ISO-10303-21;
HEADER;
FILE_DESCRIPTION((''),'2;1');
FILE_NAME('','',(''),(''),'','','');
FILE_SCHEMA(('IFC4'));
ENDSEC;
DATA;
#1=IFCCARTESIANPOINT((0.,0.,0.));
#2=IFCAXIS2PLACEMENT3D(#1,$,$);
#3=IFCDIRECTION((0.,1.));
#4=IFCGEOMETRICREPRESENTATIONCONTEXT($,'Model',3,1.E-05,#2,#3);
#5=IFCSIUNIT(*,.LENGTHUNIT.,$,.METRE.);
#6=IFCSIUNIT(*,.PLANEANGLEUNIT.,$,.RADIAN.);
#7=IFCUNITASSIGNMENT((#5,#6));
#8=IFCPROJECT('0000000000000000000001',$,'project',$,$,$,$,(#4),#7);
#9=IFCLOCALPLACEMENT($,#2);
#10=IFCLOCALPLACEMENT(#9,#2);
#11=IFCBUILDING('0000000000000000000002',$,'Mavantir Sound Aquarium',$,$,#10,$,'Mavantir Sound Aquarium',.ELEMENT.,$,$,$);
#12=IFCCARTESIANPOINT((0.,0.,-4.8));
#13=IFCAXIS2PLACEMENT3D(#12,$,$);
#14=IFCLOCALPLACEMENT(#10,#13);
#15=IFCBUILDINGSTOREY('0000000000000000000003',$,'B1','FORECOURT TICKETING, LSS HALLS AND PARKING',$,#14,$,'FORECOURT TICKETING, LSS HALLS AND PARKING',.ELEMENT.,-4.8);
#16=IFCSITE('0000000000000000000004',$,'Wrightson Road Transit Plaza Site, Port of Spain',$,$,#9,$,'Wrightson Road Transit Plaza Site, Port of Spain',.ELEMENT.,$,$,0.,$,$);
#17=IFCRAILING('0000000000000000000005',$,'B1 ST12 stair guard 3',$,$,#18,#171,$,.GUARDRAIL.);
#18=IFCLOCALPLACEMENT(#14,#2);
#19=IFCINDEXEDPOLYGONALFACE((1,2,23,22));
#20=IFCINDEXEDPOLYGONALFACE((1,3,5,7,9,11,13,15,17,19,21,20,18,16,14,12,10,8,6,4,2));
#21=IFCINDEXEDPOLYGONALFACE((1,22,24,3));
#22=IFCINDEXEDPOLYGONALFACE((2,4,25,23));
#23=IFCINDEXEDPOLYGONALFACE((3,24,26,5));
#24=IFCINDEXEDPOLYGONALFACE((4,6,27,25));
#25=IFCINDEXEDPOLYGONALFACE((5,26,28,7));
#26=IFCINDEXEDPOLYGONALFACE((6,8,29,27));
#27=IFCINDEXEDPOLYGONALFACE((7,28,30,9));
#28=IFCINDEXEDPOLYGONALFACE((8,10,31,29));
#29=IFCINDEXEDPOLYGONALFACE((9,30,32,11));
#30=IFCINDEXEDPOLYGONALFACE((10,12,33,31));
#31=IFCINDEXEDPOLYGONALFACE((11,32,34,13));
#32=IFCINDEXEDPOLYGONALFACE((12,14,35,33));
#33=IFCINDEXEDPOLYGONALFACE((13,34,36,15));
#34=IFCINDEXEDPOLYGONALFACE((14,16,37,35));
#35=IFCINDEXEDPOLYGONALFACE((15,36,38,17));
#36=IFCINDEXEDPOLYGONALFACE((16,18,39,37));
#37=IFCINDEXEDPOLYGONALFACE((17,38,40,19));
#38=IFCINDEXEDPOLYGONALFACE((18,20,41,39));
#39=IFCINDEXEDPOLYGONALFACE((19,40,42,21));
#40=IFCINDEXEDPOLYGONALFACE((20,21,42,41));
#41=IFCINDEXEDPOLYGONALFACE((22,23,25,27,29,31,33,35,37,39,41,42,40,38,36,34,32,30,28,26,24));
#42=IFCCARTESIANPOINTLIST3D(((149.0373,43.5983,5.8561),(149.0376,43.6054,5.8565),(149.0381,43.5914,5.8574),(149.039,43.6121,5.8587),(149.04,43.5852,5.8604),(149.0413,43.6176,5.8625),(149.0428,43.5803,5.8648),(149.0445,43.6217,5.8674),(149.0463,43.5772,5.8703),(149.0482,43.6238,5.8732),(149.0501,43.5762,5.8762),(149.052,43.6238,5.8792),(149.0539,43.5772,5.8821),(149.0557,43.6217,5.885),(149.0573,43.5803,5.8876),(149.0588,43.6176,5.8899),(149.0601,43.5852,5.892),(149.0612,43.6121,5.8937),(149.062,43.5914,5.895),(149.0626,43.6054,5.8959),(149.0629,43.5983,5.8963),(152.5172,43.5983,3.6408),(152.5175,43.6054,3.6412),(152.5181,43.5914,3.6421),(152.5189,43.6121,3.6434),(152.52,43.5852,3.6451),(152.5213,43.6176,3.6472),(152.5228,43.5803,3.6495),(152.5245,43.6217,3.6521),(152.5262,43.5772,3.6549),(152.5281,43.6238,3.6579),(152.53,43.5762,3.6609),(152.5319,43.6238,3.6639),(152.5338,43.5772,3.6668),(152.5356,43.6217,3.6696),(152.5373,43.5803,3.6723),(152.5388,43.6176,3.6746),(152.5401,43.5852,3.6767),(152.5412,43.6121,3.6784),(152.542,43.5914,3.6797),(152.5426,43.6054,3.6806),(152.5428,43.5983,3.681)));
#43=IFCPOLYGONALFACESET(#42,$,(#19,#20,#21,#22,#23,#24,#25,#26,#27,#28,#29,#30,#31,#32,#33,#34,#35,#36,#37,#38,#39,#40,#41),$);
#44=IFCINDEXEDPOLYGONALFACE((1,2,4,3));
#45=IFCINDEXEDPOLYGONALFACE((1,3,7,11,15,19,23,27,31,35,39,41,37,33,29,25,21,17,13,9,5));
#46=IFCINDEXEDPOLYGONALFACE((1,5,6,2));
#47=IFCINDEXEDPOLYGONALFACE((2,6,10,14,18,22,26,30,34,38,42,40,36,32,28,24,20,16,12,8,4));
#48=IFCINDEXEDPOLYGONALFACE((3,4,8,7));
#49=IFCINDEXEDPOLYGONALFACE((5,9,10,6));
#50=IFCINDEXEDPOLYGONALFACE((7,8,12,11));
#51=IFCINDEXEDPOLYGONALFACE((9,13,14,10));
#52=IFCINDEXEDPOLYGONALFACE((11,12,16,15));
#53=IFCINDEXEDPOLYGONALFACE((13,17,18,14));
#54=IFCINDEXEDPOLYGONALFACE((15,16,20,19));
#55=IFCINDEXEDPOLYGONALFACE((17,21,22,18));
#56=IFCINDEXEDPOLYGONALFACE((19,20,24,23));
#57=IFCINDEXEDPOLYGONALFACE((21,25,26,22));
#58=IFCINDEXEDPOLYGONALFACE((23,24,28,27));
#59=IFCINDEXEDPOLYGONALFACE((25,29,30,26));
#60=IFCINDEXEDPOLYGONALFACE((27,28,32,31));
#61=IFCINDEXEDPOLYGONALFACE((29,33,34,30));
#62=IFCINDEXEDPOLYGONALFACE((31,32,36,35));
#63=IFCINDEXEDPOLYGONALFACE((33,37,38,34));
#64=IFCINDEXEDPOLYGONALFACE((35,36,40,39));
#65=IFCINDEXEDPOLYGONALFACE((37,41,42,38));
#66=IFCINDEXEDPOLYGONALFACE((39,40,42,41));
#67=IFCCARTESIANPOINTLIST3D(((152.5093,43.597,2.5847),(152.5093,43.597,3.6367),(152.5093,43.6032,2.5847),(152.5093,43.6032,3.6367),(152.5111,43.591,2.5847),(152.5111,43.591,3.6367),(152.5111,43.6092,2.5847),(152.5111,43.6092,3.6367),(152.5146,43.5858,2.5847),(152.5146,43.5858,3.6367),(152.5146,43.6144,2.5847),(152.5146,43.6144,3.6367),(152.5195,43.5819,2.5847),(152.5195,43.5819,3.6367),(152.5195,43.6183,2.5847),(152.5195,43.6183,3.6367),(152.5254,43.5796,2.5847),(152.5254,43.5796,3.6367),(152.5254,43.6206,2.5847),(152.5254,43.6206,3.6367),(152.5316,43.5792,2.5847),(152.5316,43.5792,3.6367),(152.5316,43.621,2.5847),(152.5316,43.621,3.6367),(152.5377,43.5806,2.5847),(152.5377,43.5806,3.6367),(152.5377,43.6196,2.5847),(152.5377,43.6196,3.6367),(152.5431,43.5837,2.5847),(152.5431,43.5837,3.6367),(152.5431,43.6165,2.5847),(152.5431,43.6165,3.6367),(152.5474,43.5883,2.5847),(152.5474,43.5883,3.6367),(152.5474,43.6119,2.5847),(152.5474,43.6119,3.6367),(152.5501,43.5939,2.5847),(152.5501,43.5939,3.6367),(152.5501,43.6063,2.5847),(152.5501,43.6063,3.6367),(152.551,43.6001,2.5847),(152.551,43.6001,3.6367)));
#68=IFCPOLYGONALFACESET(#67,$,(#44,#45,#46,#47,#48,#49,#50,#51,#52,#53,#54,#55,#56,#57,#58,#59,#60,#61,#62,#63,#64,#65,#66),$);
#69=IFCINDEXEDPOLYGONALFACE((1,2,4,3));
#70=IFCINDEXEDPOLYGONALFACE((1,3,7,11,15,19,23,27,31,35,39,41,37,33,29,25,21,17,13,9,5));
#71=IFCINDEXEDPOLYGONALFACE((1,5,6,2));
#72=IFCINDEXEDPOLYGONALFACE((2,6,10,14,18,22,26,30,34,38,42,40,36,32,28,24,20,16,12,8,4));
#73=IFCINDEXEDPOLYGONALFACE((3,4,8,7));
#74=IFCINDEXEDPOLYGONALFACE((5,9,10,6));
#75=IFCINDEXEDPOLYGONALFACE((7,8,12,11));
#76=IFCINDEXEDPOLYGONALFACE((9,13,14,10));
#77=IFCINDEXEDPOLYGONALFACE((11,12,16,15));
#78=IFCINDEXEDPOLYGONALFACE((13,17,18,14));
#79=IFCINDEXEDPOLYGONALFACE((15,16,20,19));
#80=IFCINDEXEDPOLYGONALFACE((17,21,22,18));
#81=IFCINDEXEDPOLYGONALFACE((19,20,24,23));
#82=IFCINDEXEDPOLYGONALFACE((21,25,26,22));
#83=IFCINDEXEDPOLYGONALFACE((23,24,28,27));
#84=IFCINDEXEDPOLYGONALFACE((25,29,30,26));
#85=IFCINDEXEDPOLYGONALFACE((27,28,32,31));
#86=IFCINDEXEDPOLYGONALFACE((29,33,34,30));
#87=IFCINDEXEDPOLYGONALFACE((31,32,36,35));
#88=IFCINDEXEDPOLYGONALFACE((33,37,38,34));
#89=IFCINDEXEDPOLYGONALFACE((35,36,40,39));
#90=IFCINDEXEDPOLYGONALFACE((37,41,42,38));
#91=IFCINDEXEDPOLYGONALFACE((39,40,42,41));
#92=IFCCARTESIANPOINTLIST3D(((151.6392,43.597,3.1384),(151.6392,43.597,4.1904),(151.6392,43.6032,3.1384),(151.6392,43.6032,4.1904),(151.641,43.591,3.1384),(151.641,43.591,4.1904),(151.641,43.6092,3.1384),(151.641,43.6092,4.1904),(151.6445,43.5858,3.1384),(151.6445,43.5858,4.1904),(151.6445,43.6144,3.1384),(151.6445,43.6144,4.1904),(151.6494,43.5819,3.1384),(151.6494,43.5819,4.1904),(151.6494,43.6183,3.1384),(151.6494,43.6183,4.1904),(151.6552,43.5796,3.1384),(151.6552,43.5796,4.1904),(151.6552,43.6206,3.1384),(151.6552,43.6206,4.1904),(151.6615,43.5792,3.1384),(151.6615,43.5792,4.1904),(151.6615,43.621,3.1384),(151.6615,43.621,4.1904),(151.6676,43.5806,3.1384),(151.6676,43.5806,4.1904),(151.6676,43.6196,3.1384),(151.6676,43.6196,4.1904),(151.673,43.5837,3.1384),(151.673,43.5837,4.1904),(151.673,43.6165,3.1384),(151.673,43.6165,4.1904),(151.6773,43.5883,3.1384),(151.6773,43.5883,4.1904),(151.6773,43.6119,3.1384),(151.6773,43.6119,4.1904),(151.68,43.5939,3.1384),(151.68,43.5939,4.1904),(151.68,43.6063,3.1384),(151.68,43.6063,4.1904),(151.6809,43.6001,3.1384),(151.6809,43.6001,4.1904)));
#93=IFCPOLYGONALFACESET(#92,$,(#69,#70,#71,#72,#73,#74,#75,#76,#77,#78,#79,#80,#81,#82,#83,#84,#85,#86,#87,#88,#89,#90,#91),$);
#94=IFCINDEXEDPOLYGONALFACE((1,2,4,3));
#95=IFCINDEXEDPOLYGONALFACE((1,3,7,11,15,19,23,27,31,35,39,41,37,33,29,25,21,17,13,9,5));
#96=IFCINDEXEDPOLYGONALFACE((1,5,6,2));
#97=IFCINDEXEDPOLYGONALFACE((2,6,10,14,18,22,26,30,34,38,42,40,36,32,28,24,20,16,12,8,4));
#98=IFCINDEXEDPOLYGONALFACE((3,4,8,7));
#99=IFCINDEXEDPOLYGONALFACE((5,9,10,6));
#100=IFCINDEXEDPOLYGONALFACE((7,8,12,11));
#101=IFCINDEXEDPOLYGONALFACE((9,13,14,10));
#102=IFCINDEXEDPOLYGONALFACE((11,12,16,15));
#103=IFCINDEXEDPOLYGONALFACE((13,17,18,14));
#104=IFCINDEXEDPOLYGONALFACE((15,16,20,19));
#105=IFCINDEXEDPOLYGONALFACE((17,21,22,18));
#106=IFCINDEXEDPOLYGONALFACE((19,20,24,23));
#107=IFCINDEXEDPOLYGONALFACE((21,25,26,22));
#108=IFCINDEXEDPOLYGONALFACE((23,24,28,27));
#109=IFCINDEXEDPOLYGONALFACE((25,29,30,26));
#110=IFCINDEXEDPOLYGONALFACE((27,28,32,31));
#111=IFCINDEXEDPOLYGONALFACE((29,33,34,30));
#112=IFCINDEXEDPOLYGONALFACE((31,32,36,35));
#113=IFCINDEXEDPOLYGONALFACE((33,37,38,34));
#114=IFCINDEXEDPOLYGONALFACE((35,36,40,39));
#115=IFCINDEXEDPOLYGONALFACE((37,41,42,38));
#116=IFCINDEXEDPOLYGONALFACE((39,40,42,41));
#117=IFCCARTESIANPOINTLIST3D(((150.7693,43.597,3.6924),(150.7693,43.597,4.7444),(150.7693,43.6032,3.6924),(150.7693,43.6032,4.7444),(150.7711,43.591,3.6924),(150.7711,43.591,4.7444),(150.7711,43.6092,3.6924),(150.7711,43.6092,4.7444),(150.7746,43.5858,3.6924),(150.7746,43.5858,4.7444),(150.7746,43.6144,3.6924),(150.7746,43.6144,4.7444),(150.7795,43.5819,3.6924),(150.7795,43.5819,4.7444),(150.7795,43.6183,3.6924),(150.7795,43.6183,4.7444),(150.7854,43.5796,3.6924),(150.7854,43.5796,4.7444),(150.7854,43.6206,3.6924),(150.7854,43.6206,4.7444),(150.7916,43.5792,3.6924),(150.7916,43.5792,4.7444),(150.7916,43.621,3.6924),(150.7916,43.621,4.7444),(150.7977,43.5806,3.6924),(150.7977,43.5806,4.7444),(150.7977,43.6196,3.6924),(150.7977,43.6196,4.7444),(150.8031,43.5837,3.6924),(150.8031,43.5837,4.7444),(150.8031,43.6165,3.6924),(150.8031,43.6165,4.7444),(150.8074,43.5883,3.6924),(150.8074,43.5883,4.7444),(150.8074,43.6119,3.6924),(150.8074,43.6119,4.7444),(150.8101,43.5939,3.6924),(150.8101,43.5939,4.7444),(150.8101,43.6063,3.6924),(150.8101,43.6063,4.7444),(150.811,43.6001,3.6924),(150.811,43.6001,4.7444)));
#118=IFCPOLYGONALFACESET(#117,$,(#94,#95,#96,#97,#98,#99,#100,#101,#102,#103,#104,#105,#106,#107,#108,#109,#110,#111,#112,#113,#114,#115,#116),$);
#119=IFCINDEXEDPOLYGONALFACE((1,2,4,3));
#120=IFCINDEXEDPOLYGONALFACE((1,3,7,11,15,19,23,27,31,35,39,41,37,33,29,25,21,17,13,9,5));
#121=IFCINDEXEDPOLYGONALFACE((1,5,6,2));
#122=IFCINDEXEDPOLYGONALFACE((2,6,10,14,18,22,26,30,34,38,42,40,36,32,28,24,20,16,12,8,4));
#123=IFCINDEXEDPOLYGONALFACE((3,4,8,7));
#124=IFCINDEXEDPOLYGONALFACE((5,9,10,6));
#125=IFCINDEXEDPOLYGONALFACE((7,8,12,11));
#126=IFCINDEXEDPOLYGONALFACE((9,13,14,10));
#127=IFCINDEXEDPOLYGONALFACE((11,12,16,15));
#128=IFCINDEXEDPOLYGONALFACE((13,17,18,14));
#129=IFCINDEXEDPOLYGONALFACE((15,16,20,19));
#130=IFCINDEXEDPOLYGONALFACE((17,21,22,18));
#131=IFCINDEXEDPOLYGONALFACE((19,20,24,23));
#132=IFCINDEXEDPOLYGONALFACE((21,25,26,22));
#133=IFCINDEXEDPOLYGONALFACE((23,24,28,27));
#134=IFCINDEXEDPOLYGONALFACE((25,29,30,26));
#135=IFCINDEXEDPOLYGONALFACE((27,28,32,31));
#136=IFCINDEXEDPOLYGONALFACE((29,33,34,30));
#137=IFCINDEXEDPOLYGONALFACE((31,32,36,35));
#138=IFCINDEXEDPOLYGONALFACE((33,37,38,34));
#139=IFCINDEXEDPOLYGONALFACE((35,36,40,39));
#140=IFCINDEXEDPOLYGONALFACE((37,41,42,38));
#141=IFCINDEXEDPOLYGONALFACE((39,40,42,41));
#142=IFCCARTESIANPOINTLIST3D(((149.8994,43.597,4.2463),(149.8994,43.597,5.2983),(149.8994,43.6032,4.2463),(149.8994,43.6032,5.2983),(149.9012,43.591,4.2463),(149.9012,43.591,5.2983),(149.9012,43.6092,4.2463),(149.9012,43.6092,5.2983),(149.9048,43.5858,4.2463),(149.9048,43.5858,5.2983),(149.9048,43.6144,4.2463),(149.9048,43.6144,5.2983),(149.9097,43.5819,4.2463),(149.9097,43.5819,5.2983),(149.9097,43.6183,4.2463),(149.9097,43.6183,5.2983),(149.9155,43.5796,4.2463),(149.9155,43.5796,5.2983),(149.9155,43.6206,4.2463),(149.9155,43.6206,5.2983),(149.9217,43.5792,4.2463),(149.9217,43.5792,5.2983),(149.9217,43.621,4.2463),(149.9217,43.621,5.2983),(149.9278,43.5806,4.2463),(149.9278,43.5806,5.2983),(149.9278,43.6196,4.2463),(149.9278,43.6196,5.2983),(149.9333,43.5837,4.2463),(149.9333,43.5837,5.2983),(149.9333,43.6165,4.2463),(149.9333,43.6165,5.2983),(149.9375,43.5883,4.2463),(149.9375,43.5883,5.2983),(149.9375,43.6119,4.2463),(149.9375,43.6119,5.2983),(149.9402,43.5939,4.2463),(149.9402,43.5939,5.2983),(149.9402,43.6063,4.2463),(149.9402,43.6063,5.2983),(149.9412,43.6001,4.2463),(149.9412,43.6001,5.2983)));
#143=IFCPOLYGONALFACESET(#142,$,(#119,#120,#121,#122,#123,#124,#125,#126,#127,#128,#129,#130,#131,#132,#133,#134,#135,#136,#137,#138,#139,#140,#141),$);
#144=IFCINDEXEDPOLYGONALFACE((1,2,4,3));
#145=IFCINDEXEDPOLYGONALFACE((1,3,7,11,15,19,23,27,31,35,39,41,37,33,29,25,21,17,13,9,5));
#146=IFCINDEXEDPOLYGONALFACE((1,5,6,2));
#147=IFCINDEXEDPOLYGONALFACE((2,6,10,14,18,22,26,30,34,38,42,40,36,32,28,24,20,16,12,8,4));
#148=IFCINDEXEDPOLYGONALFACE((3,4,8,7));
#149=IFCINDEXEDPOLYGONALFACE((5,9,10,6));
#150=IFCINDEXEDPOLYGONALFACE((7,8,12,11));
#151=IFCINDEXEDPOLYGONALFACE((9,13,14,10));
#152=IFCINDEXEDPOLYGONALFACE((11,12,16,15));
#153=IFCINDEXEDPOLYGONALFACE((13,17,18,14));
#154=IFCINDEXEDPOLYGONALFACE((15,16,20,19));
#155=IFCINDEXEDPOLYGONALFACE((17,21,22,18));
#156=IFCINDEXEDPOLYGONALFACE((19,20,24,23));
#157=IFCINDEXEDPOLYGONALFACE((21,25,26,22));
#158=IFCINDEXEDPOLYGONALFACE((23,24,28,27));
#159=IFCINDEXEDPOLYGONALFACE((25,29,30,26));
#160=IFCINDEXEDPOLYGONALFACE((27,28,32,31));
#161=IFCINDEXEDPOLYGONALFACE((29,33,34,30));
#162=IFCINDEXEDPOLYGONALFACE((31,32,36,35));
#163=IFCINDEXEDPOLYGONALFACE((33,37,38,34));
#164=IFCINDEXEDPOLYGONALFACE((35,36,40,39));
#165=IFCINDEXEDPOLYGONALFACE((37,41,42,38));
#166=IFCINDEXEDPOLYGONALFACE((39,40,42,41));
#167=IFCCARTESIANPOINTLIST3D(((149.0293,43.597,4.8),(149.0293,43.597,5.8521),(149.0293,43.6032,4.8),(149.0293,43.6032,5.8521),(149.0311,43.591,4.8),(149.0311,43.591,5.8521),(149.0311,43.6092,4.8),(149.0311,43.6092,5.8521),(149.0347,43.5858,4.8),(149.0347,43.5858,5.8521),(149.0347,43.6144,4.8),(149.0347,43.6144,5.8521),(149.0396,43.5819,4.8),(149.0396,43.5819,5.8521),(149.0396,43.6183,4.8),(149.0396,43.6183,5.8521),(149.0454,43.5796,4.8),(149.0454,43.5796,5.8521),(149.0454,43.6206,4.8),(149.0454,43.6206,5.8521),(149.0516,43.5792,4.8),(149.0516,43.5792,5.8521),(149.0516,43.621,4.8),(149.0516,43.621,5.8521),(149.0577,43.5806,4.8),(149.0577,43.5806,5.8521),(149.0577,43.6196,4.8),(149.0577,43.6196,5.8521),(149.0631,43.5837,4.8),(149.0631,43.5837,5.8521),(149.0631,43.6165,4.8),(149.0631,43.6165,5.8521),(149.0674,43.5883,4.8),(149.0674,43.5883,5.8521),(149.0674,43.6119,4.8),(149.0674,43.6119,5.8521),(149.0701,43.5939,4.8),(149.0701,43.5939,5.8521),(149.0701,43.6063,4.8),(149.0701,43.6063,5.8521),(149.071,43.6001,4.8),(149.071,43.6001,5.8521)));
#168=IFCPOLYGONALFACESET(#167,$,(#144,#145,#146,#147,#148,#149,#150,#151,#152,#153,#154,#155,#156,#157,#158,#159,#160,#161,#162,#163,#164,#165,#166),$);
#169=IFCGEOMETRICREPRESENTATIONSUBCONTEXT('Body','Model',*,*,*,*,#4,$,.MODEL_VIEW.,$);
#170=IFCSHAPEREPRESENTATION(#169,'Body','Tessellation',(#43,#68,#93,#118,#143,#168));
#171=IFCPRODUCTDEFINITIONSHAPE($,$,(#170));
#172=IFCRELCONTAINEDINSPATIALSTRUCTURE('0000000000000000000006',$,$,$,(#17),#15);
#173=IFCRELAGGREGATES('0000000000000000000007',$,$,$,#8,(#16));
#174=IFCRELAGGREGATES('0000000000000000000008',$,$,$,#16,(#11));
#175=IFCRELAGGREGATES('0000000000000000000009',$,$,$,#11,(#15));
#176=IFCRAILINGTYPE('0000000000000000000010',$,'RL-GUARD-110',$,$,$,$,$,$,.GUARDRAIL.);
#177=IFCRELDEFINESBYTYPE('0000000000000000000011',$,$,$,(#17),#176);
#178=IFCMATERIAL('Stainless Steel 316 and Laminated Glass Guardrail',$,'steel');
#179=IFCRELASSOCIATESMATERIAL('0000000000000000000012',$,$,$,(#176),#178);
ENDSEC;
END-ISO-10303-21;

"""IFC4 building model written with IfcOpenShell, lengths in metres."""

from ifc_helpers import new_model, si_unit, direction, frame, origin, origin_2d, place, context, subcontext, project, spatial, circle, extrude, material, type_object, element, save


model = new_model("IFC4")

# Units and contexts
model_context = context("Model", 3, precision=1e-05, world=origin(), true_north=direction((0.0, 1.0)))
body_context = subcontext(model_context, "Body", "Model", "MODEL_VIEW")
ifc_project = project(units=[si_unit("LENGTHUNIT", "METRE"), si_unit("PLANEANGLEUNIT", "RADIAN")], contexts=[model_context])

# Site, building, storey
site_placement = place(None, origin())
site = spatial("IfcSite", under=ifc_project, at=site_placement, Name="Wrightson Road Transit Plaza Site, Port of Spain", LongName="Wrightson Road Transit Plaza Site, Port of Spain", CompositionType="ELEMENT", RefElevation=0.0)
building_placement = place(site_placement, origin())
building = spatial("IfcBuilding", under=site, at=building_placement, Name="Mavantir Sound Aquarium", LongName="Mavantir Sound Aquarium", CompositionType="ELEMENT")
storey_placement = place(building_placement, frame((0.0, 0.0, -4.8)))
storey = spatial("IfcBuildingStorey", under=building, at=storey_placement, Name="B1", Description="FORECOURT TICKETING, LSS HALLS AND PARKING", LongName="FORECOURT TICKETING, LSS HALLS AND PARKING", CompositionType="ELEMENT", Elevation=-4.8)

# Railing
ifc_material_1 = material(Name="Stainless Steel 316 and Laminated Glass Guardrail", Category="steel")
railing_type_1 = type_object("IfcRailingType", Name="RL-GUARD-110", PredefinedType="GUARDRAIL", material=ifc_material_1)
railing_1_placement = place(storey_placement, frame((152.53, 43.6001, 2.5847)))
element("IfcRailing", 1, at=railing_1_placement, inside=storey, type_object=railing_type_1, Name="B1 ST12 stair guard 3", PredefinedType="GUARDRAIL", context=body_context, shape_type="SweptSolid", body=[
    extrude(circle(Radius=0.0239, at=origin_2d()), frame((0.0, 0.0, 1.0762), z_axis=(-0.843574, 0.0, 0.537013), x_axis=(0.0, -1.0, 0.0)), (0.0, 0.0, 1.0), 4.1252),
    extrude(circle(Radius=0.021, at=origin_2d()), origin(), (0.0, 0.0, 1.0), 1.052),
    extrude(circle(Radius=0.021, at=origin_2d()), frame((-0.8701, 0.0, 0.5537)), (0.0, 0.0, 1.0), 1.052),
    extrude(circle(Radius=0.021, at=origin_2d()), frame((-1.74, 0.0, 1.1077)), (0.0, 0.0, 1.0), 1.052),
    extrude(circle(Radius=0.021, at=origin_2d()), frame((-2.6099, 0.0, 1.6616)), (0.0, 0.0, 1.0), 1.052),
    extrude(circle(Radius=0.021, at=origin_2d()), frame((-3.48, 0.0, 2.2153)), (0.0, 0.0, 1.0), 1.052),
])

save(model, "model.ifc")
